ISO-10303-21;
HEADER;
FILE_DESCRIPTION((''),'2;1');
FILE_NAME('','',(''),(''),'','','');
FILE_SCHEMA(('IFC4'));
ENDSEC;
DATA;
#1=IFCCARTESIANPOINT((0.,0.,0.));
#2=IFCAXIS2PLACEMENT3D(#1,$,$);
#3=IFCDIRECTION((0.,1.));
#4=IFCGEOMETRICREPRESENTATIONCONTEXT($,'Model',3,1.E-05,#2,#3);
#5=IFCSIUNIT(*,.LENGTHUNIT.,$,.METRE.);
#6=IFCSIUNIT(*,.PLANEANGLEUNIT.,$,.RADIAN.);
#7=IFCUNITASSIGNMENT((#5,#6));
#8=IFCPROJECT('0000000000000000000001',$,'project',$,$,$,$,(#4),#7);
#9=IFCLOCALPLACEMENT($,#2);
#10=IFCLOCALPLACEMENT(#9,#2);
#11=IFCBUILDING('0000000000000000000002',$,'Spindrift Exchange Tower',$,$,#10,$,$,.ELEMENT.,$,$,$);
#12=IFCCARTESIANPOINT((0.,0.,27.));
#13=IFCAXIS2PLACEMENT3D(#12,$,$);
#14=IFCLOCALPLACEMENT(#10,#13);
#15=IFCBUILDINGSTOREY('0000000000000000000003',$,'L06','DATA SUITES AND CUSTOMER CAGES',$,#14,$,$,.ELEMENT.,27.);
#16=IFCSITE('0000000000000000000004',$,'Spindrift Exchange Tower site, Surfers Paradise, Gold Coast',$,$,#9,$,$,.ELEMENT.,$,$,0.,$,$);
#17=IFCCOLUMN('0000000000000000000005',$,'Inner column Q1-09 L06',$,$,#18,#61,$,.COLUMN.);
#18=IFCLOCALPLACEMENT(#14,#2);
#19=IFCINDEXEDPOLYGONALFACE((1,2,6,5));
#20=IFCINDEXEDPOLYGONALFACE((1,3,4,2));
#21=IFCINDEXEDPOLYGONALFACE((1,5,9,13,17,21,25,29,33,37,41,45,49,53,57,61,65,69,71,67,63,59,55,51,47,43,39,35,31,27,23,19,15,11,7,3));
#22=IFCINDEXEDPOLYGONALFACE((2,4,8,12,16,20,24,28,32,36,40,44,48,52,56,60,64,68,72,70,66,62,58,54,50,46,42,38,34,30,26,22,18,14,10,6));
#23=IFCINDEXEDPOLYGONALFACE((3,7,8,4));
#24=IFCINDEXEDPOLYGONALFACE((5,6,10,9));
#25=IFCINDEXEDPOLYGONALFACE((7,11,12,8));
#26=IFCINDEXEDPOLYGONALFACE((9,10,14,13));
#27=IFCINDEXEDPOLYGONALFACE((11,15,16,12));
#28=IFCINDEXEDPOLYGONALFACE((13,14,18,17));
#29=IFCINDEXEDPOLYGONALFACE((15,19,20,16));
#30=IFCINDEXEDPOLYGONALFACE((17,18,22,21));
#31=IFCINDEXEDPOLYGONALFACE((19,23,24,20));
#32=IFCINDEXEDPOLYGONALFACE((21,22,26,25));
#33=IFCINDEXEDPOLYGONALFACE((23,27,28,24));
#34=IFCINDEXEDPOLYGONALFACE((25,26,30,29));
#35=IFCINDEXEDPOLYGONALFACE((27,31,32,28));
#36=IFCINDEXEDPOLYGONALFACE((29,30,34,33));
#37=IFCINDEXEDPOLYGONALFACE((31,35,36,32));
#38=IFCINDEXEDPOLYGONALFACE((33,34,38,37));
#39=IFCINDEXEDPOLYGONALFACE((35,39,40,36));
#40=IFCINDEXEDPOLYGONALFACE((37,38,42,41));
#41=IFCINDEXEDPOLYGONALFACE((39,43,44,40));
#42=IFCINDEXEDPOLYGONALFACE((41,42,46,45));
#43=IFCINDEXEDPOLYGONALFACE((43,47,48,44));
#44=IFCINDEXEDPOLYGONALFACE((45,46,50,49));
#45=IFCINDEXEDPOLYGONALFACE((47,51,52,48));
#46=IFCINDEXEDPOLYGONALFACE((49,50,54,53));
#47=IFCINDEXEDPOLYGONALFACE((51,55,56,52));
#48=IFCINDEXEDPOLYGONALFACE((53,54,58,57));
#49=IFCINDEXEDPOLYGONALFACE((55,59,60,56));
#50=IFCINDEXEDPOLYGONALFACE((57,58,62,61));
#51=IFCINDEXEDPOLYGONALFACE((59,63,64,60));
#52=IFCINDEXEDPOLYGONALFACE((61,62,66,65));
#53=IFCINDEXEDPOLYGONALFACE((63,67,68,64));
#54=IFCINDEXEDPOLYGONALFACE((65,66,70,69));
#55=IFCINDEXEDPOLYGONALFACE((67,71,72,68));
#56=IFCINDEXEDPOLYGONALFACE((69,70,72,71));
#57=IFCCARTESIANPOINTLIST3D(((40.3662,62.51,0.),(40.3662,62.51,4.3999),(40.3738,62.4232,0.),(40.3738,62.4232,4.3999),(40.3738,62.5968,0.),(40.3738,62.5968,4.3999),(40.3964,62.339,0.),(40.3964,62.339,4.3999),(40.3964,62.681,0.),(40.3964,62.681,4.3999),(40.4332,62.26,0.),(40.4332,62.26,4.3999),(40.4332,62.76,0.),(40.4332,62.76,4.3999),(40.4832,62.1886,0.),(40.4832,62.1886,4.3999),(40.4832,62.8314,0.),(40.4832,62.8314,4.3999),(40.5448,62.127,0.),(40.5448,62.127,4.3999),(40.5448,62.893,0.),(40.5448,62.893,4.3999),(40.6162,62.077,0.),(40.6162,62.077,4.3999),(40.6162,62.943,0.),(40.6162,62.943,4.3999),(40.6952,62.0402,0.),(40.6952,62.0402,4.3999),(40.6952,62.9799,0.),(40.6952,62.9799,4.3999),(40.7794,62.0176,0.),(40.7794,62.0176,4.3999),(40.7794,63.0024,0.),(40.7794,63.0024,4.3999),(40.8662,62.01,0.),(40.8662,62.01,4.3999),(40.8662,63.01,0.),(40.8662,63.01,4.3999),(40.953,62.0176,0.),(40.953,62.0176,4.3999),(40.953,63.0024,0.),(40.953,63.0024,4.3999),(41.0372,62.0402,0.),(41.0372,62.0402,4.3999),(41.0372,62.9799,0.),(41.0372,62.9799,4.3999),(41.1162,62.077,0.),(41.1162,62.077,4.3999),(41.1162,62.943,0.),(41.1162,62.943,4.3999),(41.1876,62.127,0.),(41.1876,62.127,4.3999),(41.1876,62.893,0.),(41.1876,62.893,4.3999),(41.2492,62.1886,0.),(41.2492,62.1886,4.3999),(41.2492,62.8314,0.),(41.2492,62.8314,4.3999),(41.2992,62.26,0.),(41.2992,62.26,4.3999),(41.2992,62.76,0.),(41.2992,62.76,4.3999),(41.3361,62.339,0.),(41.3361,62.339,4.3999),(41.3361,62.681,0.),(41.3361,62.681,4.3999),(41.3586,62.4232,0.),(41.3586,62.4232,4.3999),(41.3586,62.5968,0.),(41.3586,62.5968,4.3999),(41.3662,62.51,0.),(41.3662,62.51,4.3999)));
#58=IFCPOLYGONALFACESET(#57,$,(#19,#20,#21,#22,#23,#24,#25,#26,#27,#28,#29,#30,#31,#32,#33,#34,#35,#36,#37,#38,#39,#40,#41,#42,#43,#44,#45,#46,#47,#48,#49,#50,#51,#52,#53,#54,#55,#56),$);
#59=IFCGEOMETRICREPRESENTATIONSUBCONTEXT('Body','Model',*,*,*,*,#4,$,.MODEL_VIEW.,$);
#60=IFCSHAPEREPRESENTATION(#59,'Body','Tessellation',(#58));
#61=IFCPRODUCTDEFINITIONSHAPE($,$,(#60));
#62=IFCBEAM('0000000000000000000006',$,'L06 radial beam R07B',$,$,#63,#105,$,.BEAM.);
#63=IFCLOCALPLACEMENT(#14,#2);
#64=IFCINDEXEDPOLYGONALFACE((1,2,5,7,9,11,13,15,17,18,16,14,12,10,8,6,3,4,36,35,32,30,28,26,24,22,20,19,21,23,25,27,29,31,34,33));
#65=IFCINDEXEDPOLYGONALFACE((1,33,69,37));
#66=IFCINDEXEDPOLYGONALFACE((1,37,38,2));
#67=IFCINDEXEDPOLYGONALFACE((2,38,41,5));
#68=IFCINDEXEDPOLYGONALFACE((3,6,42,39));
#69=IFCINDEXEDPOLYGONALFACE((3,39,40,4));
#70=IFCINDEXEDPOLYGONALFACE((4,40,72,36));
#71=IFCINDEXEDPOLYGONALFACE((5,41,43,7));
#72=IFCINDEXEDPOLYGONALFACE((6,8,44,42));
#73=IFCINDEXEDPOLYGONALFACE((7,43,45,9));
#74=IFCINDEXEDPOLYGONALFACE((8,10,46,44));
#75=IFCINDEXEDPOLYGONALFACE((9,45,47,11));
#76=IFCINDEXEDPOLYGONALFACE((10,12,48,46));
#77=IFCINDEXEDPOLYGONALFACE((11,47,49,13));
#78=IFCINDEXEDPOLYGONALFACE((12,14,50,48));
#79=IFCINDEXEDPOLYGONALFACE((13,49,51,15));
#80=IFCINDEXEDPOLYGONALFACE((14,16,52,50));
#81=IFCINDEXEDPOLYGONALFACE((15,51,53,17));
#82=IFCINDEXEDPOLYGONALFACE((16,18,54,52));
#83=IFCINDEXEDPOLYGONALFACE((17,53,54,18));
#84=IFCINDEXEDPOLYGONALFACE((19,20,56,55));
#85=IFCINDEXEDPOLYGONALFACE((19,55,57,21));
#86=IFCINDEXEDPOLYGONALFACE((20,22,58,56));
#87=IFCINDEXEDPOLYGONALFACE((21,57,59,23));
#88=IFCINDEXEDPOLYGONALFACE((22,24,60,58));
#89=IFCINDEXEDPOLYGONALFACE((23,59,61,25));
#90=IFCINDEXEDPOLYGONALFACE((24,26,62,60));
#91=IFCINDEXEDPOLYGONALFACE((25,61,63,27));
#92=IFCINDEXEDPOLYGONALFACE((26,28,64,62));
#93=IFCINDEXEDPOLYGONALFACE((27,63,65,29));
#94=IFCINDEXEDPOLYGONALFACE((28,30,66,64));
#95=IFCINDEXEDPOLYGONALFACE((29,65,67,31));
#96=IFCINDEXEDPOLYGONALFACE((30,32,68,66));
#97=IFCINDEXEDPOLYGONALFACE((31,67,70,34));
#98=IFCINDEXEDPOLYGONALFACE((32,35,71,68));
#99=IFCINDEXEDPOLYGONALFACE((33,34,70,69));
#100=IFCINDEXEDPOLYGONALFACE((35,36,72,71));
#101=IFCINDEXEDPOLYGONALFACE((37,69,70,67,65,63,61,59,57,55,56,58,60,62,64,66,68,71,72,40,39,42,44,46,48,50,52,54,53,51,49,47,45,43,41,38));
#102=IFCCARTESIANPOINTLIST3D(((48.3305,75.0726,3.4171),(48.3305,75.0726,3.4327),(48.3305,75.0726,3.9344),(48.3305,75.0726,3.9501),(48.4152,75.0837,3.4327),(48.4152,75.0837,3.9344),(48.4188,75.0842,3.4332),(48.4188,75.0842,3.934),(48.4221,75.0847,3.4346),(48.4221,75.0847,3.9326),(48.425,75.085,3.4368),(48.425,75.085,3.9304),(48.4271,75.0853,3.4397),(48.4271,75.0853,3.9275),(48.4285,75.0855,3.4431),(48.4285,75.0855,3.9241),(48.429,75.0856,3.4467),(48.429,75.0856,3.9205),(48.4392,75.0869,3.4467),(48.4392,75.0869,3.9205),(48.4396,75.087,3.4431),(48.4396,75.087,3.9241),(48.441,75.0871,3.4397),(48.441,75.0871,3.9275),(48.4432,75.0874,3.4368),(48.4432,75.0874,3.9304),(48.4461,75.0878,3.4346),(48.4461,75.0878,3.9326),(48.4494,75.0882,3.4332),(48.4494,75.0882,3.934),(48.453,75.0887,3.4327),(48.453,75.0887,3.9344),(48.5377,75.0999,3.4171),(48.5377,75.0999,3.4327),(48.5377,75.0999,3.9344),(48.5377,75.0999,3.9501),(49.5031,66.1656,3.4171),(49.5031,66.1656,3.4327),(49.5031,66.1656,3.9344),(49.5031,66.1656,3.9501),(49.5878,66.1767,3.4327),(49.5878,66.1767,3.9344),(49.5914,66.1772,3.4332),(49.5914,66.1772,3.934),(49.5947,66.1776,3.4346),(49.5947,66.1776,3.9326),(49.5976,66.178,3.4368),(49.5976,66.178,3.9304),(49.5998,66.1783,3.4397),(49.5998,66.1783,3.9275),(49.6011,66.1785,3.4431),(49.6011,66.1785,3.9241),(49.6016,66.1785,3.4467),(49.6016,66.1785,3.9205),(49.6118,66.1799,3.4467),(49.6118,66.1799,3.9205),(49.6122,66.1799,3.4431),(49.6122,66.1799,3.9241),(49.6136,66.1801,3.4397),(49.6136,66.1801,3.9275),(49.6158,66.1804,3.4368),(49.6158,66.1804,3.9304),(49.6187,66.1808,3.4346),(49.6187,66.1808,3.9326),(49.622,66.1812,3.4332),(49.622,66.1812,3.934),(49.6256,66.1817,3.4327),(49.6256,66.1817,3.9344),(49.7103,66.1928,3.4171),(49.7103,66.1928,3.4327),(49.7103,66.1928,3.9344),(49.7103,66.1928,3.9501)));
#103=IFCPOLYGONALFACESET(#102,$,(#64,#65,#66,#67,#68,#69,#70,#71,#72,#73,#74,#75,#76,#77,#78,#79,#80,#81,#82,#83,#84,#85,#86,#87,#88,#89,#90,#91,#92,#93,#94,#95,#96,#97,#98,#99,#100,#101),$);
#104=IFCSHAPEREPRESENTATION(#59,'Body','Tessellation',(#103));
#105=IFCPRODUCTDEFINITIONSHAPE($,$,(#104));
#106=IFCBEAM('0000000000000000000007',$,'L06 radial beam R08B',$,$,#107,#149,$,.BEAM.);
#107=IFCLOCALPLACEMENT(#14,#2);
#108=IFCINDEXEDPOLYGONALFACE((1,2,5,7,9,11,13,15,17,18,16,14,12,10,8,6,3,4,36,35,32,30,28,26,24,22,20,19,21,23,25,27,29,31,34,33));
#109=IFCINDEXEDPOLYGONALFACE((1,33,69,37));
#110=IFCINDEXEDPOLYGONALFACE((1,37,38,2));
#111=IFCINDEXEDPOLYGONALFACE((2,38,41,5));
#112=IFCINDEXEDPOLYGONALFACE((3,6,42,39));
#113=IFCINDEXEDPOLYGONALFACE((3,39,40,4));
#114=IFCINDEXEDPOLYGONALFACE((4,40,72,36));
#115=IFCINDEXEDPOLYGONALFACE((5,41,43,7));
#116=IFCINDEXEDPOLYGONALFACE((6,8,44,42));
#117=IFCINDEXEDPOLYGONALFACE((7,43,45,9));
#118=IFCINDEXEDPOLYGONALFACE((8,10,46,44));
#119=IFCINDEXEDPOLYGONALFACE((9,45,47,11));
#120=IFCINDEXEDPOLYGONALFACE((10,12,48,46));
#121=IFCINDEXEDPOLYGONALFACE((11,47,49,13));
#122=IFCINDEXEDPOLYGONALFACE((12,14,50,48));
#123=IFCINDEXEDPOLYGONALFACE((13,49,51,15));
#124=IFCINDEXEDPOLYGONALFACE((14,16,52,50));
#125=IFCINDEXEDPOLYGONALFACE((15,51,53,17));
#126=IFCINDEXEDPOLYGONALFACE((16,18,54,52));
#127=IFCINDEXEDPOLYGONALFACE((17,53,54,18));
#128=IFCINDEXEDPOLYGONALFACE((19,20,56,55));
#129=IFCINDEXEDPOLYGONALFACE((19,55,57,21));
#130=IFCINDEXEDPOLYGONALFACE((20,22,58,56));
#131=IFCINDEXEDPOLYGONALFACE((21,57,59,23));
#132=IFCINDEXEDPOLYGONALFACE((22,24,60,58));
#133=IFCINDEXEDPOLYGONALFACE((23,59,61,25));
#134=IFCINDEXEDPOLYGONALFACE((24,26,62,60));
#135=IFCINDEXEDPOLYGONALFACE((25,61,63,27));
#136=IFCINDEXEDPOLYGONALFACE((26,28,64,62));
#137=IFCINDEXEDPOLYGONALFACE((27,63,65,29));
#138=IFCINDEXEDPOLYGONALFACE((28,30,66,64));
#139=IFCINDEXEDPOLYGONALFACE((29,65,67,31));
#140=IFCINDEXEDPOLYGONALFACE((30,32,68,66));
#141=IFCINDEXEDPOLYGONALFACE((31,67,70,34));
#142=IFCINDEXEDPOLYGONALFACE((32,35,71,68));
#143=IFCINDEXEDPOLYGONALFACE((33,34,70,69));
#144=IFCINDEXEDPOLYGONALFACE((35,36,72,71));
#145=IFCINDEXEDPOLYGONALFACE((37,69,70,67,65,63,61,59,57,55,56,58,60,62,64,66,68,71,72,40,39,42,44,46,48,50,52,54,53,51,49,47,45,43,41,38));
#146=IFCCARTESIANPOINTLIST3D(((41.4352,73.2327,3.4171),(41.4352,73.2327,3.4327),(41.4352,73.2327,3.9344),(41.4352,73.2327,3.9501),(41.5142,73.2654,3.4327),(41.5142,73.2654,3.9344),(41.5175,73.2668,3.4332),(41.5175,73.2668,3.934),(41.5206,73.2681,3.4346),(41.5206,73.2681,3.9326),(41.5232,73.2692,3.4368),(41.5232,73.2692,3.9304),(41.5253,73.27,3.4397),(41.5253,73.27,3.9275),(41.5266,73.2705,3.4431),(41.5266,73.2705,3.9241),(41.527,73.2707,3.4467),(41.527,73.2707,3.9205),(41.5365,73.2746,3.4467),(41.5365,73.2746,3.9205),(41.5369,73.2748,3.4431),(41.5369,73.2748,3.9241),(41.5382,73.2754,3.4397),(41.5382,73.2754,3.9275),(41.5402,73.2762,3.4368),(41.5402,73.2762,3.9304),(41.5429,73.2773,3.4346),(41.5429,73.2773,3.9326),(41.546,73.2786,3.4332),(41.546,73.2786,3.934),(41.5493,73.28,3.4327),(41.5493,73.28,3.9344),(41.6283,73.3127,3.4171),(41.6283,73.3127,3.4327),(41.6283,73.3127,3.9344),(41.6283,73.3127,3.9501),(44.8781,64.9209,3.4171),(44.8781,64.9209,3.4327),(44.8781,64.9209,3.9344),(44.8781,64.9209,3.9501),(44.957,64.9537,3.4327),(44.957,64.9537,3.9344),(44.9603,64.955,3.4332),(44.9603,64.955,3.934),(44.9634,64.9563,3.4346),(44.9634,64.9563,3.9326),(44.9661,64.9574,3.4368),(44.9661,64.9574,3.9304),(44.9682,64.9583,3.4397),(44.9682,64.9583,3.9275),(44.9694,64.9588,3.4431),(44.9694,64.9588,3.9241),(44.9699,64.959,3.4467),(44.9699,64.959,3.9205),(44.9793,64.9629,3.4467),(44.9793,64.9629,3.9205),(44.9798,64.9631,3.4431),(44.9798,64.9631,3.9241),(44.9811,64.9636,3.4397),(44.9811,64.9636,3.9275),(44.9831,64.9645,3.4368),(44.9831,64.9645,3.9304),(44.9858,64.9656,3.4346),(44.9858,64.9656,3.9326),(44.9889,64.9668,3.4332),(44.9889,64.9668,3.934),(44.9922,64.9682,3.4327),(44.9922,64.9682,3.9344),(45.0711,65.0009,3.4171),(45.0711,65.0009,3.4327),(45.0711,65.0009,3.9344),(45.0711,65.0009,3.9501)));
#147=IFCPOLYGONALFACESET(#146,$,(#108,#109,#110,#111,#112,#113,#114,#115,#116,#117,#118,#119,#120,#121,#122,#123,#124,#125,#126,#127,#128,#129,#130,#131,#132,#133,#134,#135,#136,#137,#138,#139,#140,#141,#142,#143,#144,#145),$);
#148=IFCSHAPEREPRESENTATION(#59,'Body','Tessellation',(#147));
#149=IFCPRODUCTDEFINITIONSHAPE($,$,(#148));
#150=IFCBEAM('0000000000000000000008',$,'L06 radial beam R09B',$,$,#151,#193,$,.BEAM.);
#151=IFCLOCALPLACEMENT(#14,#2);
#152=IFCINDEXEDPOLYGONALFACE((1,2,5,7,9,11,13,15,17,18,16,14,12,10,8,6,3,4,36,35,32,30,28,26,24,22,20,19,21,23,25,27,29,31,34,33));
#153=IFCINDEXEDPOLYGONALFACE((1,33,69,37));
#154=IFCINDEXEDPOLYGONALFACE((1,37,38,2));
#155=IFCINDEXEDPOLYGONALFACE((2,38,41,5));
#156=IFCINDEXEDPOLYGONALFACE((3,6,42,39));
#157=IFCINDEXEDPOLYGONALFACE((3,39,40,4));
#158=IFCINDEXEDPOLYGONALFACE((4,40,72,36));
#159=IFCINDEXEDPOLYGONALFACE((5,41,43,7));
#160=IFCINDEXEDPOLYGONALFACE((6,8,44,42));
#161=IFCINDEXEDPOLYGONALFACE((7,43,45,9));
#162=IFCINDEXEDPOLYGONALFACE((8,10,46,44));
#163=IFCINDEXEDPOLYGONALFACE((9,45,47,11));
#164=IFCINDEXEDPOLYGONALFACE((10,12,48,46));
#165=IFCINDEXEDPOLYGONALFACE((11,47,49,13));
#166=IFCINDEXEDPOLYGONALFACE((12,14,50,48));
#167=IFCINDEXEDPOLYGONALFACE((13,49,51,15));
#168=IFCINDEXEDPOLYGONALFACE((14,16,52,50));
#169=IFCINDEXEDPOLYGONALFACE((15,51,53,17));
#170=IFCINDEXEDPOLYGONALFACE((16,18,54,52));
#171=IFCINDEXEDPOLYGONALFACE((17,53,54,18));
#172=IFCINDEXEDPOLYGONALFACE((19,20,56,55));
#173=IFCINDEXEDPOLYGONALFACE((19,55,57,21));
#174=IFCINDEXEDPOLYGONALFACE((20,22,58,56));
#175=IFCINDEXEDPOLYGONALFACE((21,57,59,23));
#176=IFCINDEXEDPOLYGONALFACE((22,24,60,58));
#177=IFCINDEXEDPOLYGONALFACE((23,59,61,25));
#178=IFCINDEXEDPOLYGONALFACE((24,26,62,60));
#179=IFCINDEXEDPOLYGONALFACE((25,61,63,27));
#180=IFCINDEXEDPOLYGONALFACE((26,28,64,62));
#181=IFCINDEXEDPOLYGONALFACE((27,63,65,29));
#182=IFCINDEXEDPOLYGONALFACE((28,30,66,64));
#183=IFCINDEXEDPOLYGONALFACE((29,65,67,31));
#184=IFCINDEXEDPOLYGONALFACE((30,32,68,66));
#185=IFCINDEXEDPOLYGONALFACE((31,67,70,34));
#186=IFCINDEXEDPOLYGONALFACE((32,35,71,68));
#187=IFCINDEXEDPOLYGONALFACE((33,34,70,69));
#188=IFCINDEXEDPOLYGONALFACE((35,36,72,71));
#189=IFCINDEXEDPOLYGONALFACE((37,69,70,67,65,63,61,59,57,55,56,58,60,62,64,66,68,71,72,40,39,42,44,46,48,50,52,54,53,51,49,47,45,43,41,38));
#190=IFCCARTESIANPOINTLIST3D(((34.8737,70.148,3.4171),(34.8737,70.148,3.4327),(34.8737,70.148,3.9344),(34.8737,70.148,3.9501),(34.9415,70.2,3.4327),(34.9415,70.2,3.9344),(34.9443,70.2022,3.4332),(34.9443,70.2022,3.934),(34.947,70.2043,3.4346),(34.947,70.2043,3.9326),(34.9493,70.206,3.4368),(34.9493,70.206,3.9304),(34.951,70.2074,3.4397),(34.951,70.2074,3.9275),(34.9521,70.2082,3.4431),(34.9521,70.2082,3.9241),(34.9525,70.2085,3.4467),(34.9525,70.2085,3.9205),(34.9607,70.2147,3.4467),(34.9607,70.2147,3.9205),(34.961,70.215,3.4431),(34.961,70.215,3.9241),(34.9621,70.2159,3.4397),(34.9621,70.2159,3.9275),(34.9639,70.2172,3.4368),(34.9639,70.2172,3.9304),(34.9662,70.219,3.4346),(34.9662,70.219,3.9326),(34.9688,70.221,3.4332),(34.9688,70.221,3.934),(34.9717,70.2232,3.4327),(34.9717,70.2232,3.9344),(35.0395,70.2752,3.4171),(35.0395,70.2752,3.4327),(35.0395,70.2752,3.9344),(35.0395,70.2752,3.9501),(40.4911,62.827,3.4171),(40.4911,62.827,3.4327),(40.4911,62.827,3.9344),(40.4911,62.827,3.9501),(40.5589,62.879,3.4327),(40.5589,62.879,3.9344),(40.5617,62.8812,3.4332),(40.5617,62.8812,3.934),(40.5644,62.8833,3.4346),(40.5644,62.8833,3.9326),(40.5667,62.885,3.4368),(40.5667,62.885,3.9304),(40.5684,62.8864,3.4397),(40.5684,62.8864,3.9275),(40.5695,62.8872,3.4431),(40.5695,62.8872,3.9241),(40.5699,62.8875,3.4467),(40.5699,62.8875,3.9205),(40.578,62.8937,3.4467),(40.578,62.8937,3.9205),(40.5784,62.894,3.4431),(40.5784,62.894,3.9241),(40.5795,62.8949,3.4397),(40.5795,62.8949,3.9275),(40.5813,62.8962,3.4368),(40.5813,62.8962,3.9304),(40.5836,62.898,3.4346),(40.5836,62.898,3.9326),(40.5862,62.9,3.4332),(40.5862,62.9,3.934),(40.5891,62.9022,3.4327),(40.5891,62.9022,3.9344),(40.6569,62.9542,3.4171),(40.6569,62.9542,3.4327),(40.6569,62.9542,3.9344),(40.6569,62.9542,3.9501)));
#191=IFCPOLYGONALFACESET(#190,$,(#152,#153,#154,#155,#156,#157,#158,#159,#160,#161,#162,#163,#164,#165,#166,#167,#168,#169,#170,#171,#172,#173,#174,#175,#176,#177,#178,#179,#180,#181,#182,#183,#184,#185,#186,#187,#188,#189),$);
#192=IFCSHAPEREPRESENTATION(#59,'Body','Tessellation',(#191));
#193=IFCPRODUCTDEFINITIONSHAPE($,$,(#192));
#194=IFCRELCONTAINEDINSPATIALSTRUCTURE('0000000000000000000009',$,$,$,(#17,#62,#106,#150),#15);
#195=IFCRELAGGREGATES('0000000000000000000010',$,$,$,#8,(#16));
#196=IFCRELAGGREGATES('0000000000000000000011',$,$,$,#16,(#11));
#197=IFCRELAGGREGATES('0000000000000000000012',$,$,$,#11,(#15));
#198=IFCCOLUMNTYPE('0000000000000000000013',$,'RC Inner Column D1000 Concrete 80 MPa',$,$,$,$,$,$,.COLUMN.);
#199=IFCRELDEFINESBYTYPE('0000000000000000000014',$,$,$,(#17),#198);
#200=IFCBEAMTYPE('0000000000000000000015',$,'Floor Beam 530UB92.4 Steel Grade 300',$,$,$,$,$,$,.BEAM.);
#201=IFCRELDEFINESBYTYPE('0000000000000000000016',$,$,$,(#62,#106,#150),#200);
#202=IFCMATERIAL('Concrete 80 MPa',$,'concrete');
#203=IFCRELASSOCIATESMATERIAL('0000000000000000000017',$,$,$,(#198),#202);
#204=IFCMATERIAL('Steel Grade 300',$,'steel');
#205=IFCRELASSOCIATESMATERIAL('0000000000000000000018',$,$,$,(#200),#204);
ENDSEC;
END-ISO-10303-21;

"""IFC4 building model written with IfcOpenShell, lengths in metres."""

from ifc_helpers import new_model, si_unit, direction, frame, origin, origin_2d, place, context, subcontext, project, spatial, circle, i_section, extrude, source, transform, mapped, material, material_profile, profile_set, type_object, element, save


model = new_model("IFC4")

# Units and contexts
model_context = context("Model", 3, precision=1e-05, world=origin(), true_north=direction((0.0, 1.0)))
body_context = subcontext(model_context, "Body", "Model", "MODEL_VIEW")
ifc_project = project(units=[si_unit("LENGTHUNIT", "METRE"), si_unit("PLANEANGLEUNIT", "RADIAN")], contexts=[model_context])

# Site, building, storey
site_placement = place(None, origin())
site = spatial("IfcSite", under=ifc_project, at=site_placement, Name="Spindrift Exchange Tower site, Surfers Paradise, Gold Coast", CompositionType="ELEMENT", RefElevation=0.0)
building_placement = place(site_placement, origin())
building = spatial("IfcBuilding", under=site, at=building_placement, Name="Spindrift Exchange Tower", CompositionType="ELEMENT")
storey_placement = place(building_placement, frame((0.0, 0.0, 27.0)))
storey = spatial("IfcBuildingStorey", under=building, at=storey_placement, Name="L06", Description="DATA SUITES AND CUSTOMER CAGES", CompositionType="ELEMENT", Elevation=27.0)

# Column
ifc_material_1 = material(Name="Concrete 80 MPa", Category="concrete")
ifc_material_profile_1 = material_profile(ifc_material_1, circle(Radius=0.5, at=origin_2d()), Name="RC D1000")
ifc_profile_set_1 = profile_set([ifc_material_profile_1], Name="Concrete 80 MPa")
column_type_1 = type_object("IfcColumnType", Name="RC Inner Column D1000 Concrete 80 MPa", PredefinedType="COLUMN", material=ifc_profile_set_1)
shared_shape_1 = source(origin(), body_context, "Body", "SweptSolid", [
    extrude(circle(Radius=0.5, at=origin_2d()), origin(), (0.0, 0.0, 1.0), 4.3999),
])
for number, where, z_axis, x_axis, name in (
    (1, (40.8662, 62.51, 0.0), (0.0, 0.0, 1.0), (1.0, 0.0, 0.0), "Inner column Q1-09 L06"),
):
    element("IfcColumn", number, at=place(storey_placement, frame(where, z_axis=z_axis, x_axis=x_axis)), inside=storey, type_object=column_type_1, Name=name, PredefinedType="COLUMN", context=body_context, shape_type="MappedRepresentation", body=[
        mapped(shared_shape_1, transform((0.0, 0.0, 0.0), scale=1.0)),
    ])

# Beams
ifc_material_2 = material(Name="Steel Grade 300", Category="steel")
ifc_material_profile_2 = material_profile(ifc_material_2, i_section(OverallWidth=0.209, OverallDepth=0.533, WebThickness=0.0103, FlangeThickness=0.0156, FilletRadius=0.0139, at=origin_2d()), Name="530UB92.4")
ifc_profile_set_2 = profile_set([ifc_material_profile_2], Name="Steel Grade 300")
beam_type_1 = type_object("IfcBeamType", Name="Floor Beam 530UB92.4 Steel Grade 300", PredefinedType="BEAM", material=ifc_profile_set_2)
shared_shape_2 = source(origin(), body_context, "Body", "SweptSolid", [
    extrude(i_section(OverallWidth=0.209, OverallDepth=0.533, WebThickness=0.0103, FlangeThickness=0.0156, FilletRadius=0.0139, at=origin_2d()), origin(), (0.0, 0.0, 1.0), 8.9839),
])
beam_1_placement = place(storey_placement, frame((49.6067, 66.1792, 3.6836), z_axis=(-0.130524, 0.991445, 0.0), x_axis=(-0.991445, -0.130524, 0.0)))
element("IfcBeam", 2, at=beam_1_placement, inside=storey, type_object=beam_type_1, Name="L06 radial beam R07B", PredefinedType="BEAM", context=body_context, shape_type="MappedRepresentation", body=[
    mapped(shared_shape_2, transform((0.0, 0.0, 0.0), scale=1.0)),
])
shared_shape_3 = source(origin(), body_context, "Body", "SweptSolid", [
    extrude(i_section(OverallWidth=0.209, OverallDepth=0.533, WebThickness=0.0103, FlangeThickness=0.0156, FilletRadius=0.0139, at=origin_2d()), origin(), (0.0, 0.0, 1.0), 8.9966),
])
beam_2_placement = place(storey_placement, frame((44.9746, 64.9609, 3.6836), z_axis=(-0.382686, 0.923879, 0.0), x_axis=(-0.923879, -0.382686, 0.0)))
element("IfcBeam", 3, at=beam_2_placement, inside=storey, type_object=beam_type_1, Name="L06 radial beam R08B", PredefinedType="BEAM", context=body_context, shape_type="MappedRepresentation", body=[
    mapped(shared_shape_3, transform((0.0, 0.0, 0.0), scale=1.0)),
])
shared_shape_4 = source(origin(), body_context, "Body", "SweptSolid", [
    extrude(i_section(OverallWidth=0.209, OverallDepth=0.533, WebThickness=0.0103, FlangeThickness=0.0156, FilletRadius=0.0139, at=origin_2d()), origin(), (0.0, 0.0, 1.0), 9.2278),
])
beam_3_placement = place(storey_placement, frame((40.574, 62.8906, 3.6836), z_axis=(-0.608748, 0.793364, 0.0), x_axis=(-0.793364, -0.608748, 0.0)))
element("IfcBeam", 4, at=beam_3_placement, inside=storey, type_object=beam_type_1, Name="L06 radial beam R09B", PredefinedType="BEAM", context=body_context, shape_type="MappedRepresentation", body=[
    mapped(shared_shape_4, transform((0.0, 0.0, 0.0), scale=1.0)),
])

save(model, "model.ifc")
